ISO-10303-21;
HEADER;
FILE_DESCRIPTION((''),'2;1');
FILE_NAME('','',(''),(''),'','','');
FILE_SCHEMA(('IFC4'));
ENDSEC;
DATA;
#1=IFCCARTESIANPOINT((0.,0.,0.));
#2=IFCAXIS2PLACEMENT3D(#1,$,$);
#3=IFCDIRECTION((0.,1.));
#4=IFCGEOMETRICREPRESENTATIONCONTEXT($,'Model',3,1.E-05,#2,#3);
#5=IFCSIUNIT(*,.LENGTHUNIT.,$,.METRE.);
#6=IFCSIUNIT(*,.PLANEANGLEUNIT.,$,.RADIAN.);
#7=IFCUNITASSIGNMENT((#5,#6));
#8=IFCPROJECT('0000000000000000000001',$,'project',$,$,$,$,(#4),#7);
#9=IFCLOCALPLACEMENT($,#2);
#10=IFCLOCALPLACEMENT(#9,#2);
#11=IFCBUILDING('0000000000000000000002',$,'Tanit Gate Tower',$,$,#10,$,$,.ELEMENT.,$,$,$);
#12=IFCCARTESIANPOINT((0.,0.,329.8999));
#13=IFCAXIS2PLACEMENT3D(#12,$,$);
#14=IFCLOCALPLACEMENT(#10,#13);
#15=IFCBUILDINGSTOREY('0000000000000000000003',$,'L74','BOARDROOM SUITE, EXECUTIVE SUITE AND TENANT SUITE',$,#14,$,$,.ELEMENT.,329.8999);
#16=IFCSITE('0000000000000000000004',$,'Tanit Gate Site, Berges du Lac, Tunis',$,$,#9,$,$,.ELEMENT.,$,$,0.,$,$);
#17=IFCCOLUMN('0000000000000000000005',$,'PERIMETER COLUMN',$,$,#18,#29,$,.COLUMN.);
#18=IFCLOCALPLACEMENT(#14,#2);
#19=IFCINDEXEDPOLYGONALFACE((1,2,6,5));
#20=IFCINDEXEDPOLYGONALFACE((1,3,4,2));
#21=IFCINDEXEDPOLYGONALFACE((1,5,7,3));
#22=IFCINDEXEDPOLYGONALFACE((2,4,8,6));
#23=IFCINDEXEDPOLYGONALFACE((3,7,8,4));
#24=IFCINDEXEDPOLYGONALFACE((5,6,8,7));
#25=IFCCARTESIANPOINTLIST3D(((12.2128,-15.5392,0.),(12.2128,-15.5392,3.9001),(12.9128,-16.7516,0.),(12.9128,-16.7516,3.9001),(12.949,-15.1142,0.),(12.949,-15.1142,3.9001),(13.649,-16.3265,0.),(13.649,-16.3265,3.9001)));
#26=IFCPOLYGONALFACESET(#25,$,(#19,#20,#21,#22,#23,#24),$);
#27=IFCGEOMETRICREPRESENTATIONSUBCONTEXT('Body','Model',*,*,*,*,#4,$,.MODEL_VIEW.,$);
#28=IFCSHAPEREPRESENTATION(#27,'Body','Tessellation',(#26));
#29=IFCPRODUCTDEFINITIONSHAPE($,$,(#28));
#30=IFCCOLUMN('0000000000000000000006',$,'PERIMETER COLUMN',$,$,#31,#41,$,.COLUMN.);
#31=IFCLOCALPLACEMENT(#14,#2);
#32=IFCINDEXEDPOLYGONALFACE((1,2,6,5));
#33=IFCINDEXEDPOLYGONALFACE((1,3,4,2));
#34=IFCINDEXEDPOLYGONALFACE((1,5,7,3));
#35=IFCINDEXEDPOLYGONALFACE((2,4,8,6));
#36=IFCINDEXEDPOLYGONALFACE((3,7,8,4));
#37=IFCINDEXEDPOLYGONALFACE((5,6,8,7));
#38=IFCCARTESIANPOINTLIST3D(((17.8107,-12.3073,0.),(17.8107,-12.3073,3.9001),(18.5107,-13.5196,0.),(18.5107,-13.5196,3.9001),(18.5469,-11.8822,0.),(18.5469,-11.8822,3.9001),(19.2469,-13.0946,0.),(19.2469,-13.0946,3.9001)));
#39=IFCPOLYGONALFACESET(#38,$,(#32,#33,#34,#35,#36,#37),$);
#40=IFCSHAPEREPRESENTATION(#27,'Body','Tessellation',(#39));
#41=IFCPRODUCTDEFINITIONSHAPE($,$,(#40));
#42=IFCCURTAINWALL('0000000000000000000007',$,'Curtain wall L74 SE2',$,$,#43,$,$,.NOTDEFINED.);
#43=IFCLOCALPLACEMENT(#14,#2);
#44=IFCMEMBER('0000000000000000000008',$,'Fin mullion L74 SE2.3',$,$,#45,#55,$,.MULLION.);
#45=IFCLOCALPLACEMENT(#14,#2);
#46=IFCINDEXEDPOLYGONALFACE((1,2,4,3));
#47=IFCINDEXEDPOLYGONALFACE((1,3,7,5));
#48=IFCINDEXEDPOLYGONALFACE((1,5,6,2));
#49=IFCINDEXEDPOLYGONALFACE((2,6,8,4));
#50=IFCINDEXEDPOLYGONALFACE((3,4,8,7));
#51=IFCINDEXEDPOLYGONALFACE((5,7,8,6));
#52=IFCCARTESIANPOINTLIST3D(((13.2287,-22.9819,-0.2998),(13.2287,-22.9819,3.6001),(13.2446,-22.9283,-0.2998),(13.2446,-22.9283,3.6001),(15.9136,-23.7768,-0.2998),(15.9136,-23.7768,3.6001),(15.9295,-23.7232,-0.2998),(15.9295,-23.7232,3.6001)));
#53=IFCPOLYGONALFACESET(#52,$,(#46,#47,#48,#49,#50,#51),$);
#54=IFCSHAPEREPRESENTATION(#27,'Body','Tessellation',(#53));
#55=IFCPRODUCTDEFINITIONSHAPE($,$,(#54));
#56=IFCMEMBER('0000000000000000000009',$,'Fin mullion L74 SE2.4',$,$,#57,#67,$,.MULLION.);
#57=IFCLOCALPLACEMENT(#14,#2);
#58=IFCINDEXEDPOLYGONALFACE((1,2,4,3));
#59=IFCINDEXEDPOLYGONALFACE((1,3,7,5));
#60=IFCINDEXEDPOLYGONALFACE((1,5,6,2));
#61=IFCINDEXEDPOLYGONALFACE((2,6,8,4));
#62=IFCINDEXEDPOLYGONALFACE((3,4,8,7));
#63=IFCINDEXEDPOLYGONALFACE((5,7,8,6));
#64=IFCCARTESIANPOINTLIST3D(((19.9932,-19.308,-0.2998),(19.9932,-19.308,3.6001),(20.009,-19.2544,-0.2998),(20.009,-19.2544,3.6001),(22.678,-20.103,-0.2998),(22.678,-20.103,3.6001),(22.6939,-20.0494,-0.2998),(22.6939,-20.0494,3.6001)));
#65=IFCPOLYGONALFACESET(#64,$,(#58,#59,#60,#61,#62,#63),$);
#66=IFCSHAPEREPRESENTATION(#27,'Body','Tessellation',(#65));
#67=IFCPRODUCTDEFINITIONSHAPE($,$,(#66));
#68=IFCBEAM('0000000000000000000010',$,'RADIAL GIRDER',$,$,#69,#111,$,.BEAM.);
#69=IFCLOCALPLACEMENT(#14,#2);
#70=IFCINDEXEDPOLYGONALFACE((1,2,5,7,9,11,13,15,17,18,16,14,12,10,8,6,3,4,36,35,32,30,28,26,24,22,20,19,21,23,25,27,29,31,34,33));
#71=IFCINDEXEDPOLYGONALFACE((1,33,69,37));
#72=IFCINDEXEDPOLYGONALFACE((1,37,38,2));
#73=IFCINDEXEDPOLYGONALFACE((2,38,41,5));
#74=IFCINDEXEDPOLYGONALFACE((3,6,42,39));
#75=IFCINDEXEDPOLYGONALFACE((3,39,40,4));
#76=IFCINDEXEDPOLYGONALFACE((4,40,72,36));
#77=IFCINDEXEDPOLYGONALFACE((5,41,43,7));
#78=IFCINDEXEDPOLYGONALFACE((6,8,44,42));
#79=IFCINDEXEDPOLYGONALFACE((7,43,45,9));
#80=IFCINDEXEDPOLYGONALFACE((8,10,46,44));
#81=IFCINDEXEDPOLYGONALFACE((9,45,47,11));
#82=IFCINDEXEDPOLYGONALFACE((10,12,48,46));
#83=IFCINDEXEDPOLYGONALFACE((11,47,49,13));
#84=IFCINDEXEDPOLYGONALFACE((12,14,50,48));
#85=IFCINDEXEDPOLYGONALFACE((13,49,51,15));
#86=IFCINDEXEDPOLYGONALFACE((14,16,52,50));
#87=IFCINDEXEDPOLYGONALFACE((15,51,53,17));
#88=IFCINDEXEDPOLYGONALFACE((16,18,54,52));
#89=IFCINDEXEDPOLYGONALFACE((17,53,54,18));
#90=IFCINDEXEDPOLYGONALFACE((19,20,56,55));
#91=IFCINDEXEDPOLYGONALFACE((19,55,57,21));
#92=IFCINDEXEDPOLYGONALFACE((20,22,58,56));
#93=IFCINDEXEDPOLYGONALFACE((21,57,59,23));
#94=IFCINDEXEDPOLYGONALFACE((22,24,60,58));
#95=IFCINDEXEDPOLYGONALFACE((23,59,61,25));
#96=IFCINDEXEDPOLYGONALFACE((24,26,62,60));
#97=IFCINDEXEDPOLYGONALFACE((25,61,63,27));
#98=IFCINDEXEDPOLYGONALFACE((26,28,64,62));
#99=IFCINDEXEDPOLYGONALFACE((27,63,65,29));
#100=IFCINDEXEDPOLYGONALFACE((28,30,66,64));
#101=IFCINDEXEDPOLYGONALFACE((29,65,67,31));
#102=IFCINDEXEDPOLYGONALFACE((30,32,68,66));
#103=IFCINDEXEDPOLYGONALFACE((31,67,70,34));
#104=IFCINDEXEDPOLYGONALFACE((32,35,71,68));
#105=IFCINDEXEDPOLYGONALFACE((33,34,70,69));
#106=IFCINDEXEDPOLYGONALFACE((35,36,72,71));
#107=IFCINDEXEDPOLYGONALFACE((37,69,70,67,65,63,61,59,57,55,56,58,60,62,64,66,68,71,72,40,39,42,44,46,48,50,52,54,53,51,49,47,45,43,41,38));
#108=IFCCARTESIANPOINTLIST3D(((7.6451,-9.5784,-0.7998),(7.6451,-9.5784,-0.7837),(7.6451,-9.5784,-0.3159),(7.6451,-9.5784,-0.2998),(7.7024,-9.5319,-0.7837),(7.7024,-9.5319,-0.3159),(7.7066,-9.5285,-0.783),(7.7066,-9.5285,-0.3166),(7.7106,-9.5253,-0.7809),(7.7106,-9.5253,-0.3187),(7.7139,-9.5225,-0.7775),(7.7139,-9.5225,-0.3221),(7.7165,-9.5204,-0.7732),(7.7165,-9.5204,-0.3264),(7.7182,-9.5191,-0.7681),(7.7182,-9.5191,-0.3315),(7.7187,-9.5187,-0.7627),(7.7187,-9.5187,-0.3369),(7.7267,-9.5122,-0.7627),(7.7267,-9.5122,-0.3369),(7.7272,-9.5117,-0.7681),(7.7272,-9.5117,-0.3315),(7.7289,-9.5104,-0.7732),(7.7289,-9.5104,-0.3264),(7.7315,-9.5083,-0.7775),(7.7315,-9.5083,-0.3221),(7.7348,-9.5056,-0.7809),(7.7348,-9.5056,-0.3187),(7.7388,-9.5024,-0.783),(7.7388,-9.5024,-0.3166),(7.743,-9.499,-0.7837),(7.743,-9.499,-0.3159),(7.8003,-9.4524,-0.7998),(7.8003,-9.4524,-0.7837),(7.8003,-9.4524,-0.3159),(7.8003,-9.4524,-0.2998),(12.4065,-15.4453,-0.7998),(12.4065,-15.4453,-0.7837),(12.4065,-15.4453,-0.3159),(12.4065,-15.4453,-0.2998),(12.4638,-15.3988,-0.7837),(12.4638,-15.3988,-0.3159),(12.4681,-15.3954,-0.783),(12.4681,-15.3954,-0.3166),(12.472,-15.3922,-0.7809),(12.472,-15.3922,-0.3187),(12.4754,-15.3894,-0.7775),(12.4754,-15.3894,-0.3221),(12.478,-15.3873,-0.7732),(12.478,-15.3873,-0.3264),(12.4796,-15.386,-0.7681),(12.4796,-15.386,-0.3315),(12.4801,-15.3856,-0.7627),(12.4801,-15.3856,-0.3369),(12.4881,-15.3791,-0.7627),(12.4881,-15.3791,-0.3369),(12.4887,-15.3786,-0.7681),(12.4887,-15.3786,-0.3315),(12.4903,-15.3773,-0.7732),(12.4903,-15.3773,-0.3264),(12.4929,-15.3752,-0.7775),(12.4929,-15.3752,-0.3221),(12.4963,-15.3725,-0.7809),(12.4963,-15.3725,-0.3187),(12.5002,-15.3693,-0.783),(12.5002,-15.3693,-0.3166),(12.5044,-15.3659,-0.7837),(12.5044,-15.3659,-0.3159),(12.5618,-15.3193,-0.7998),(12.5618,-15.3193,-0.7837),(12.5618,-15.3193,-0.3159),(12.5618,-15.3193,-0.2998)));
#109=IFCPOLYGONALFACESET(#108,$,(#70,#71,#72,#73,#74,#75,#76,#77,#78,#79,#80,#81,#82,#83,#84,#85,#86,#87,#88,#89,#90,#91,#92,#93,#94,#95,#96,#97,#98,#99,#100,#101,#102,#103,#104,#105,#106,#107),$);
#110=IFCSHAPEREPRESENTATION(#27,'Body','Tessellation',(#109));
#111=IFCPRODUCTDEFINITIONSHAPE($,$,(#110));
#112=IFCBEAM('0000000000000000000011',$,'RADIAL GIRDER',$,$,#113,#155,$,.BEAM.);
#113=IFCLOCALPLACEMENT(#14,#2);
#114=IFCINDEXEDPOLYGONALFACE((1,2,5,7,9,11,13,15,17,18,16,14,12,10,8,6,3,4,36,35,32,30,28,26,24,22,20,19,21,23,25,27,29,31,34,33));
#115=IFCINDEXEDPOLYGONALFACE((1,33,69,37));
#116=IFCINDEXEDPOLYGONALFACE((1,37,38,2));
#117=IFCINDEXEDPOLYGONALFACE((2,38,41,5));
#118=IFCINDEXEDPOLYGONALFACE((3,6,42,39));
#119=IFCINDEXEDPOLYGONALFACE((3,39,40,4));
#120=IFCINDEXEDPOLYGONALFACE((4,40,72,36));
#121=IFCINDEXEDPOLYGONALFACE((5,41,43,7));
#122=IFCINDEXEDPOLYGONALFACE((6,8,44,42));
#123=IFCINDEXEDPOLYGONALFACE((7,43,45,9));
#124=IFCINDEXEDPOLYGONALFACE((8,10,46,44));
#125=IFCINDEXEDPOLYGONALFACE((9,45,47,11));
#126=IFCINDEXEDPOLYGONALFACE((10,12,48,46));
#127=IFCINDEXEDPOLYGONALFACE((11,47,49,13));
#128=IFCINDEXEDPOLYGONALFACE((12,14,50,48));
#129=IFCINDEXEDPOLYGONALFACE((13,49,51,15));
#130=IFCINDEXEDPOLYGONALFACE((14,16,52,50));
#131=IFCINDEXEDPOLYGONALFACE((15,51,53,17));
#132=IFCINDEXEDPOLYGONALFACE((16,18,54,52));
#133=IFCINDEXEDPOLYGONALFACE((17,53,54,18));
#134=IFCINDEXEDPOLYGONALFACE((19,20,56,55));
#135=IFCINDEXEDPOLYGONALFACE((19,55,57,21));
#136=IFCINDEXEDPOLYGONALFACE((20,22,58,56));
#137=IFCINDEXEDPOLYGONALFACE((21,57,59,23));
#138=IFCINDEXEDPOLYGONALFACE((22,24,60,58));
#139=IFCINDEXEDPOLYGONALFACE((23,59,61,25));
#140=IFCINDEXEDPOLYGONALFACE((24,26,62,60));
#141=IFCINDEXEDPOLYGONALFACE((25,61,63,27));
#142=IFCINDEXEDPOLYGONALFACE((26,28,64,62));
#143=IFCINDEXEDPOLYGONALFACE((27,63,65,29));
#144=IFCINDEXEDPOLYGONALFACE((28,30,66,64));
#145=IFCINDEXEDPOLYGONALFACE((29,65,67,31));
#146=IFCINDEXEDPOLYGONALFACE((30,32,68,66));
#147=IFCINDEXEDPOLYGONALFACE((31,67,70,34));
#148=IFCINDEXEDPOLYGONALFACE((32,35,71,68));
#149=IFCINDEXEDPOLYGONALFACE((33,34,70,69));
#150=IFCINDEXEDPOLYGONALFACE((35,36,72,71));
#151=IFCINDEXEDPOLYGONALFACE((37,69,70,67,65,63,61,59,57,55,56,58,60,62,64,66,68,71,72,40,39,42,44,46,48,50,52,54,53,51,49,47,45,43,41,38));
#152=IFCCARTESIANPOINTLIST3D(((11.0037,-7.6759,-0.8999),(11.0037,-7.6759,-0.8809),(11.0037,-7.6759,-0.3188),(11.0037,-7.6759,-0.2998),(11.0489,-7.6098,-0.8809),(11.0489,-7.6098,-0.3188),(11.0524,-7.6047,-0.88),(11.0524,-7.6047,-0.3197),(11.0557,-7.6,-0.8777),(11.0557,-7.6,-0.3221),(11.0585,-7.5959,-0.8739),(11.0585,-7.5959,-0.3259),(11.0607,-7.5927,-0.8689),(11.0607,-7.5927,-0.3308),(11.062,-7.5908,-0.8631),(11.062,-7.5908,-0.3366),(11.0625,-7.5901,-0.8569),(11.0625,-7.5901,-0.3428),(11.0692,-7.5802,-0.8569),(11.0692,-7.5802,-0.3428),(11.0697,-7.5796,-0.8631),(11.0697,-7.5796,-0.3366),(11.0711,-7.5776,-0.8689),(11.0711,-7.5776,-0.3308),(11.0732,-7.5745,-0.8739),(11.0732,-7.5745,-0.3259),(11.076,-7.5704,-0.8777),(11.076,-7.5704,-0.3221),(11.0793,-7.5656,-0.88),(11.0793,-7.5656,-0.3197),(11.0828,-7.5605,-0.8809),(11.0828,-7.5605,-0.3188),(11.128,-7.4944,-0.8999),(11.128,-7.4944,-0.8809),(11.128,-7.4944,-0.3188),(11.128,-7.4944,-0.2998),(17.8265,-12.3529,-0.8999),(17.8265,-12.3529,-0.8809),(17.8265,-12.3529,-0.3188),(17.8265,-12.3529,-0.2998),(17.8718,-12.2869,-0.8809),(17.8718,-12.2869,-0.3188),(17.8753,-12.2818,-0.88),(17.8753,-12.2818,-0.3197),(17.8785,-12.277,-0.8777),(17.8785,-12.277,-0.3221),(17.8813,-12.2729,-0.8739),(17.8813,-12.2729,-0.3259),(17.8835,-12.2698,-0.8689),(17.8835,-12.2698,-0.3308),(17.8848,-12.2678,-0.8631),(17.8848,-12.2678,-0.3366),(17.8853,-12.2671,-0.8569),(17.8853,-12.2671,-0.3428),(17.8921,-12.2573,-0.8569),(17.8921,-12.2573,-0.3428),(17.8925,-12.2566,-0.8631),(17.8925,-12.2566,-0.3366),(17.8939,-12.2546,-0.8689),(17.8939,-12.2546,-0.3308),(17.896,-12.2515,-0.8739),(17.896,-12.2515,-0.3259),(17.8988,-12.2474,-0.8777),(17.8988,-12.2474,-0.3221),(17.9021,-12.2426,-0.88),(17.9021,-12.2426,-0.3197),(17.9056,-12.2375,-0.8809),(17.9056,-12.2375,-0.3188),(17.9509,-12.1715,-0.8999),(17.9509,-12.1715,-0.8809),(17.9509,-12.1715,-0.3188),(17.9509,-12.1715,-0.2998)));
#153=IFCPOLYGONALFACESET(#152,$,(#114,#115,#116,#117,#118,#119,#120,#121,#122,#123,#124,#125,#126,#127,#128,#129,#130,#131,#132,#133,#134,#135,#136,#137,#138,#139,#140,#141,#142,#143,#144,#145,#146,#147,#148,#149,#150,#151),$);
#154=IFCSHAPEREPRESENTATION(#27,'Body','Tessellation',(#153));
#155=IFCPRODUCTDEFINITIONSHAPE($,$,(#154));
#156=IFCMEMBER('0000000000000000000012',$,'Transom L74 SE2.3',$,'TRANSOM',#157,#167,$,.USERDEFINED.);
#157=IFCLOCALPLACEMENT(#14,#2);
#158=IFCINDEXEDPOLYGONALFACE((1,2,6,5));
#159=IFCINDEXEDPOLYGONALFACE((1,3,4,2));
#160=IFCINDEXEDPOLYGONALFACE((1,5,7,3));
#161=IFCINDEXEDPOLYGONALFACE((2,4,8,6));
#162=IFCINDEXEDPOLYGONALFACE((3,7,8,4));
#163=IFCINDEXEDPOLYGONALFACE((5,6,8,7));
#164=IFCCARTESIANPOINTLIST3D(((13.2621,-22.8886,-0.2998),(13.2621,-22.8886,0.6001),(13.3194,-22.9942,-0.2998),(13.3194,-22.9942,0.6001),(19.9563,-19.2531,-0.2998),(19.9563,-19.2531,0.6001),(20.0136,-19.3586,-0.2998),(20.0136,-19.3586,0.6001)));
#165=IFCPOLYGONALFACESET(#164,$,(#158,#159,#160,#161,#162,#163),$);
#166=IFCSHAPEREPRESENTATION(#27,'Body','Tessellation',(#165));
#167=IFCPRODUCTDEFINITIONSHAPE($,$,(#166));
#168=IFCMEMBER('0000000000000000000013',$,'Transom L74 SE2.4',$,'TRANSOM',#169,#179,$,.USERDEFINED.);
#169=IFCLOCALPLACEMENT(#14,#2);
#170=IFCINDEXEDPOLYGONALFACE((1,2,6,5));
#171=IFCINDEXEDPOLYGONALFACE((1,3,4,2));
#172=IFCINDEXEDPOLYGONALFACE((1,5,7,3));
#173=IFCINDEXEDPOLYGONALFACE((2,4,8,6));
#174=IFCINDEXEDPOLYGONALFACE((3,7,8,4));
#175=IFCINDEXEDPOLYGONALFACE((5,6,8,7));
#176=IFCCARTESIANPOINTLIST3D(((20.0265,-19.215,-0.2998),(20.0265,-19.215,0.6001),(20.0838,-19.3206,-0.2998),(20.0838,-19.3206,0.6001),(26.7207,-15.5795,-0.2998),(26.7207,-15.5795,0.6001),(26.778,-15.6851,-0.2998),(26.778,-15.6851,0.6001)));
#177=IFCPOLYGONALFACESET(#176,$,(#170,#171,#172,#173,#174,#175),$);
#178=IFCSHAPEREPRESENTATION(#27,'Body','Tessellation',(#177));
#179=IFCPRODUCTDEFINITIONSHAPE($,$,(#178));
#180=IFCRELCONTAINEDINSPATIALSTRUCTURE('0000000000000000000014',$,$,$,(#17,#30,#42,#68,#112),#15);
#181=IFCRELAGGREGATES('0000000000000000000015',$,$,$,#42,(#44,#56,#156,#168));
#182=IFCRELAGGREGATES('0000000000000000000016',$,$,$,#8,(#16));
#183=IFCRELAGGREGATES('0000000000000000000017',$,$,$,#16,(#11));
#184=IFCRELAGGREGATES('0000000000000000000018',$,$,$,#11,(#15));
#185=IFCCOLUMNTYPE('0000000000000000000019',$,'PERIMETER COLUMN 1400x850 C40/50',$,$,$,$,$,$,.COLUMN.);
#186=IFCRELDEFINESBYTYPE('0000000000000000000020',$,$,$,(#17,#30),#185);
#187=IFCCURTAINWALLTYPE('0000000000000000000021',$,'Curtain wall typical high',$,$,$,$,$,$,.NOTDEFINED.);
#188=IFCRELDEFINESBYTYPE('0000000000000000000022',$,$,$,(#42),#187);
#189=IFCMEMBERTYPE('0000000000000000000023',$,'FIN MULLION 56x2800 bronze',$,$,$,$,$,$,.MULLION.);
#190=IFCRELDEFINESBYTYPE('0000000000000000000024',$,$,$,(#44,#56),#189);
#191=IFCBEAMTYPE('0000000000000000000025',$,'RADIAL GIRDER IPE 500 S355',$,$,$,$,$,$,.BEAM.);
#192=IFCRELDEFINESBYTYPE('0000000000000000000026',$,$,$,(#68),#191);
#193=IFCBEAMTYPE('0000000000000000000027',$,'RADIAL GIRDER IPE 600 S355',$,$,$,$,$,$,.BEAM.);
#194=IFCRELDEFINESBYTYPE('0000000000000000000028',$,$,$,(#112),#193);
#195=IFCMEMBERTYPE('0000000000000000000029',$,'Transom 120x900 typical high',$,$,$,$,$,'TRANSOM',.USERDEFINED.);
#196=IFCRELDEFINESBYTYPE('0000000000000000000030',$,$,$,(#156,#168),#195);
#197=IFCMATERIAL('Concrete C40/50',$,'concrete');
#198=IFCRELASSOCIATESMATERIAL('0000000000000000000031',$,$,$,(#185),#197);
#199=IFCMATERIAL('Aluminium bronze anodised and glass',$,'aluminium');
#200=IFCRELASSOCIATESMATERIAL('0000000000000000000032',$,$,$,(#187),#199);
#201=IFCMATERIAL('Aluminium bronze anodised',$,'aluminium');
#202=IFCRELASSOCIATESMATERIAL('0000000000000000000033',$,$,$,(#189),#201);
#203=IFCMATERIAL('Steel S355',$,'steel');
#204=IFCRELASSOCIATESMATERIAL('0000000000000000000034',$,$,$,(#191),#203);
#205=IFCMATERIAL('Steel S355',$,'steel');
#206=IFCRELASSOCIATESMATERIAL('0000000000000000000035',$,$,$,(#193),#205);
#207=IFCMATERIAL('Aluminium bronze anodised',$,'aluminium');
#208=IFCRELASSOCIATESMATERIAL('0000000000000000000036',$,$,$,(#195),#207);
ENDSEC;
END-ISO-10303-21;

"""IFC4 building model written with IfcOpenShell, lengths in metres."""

from ifc_helpers import new_model, si_unit, direction, frame, origin, origin_2d, place, context, subcontext, project, spatial, rectangle, i_section, extrude, material, material_profile, profile_set, type_object, element, aggregate, save


model = new_model("IFC4")

# Units and contexts
model_context = context("Model", 3, precision=1e-05, world=origin(), true_north=direction((0.0, 1.0)))
body_context = subcontext(model_context, "Body", "Model", "MODEL_VIEW")
ifc_project = project(units=[si_unit("LENGTHUNIT", "METRE"), si_unit("PLANEANGLEUNIT", "RADIAN")], contexts=[model_context])

# Site, building, storey
site_placement = place(None, origin())
site = spatial("IfcSite", under=ifc_project, at=site_placement, Name="Tanit Gate Site, Berges du Lac, Tunis", CompositionType="ELEMENT", RefElevation=0.0)
building_placement = place(site_placement, origin())
building = spatial("IfcBuilding", under=site, at=building_placement, Name="Tanit Gate Tower", CompositionType="ELEMENT")
storey_placement = place(building_placement, frame((0.0, 0.0, 329.8999)))
storey = spatial("IfcBuildingStorey", under=building, at=storey_placement, Name="L74", Description="BOARDROOM SUITE, EXECUTIVE SUITE AND TENANT SUITE", CompositionType="ELEMENT", Elevation=329.8999)

# Columns
ifc_material_1 = material(Name="Concrete C40/50", Category="concrete")
ifc_material_profile_1 = material_profile(ifc_material_1, rectangle(XDim=1.3999, YDim=0.8501, at=origin_2d()), Name="RC 1400x850")
ifc_profile_set_1 = profile_set([ifc_material_profile_1], Name="Concrete C40/50")
column_type = type_object("IfcColumnType", Name="PERIMETER COLUMN 1400x850 C40/50", PredefinedType="COLUMN", material=ifc_profile_set_1)
for number, where, z_axis, x_axis, name in (
    (1, (12.9309, -15.9329, 0.0), (0.0, 0.0, 1.0), (0.5, -0.866025, 0.0), "PERIMETER COLUMN"),
    (2, (18.5288, -12.7009, 0.0), (0.0, 0.0, 1.0), (0.5, -0.866025, 0.0), "PERIMETER COLUMN"),
):
    element("IfcColumn", number, at=place(storey_placement, frame(where, z_axis=z_axis, x_axis=x_axis)), inside=storey, type_object=column_type, Name=name, PredefinedType="COLUMN", context=body_context, shape_type="SweptSolid", body=[
        extrude(rectangle(XDim=1.3999, YDim=0.8501, at=origin_2d()), origin(), (0.0, 0.0, 1.0), 3.9001),
    ])

# Curtain wall, members
ifc_material_2 = material(Name="Aluminium bronze anodised and glass", Category="aluminium")
curtain_wall_type = type_object("IfcCurtainWallType", Name="Curtain wall typical high", PredefinedType="NOTDEFINED", material=ifc_material_2)
curtain_wall_placement = place(storey_placement, origin())
curtain_wall = element("IfcCurtainWall", 3, at=curtain_wall_placement, inside=storey, type_object=curtain_wall_type, Name="Curtain wall L74 SE2", PredefinedType="NOTDEFINED")
ifc_material_3 = material(Name="Aluminium bronze anodised", Category="aluminium")
ifc_material_profile_2 = material_profile(ifc_material_3, rectangle(XDim=2.8, YDim=0.0559, at=origin_2d()), Name="56x2800 bronze fin mullion")
ifc_profile_set_2 = profile_set([ifc_material_profile_2], Name="Aluminium bronze anodised")
member_type_1 = type_object("IfcMemberType", Name="FIN MULLION 56x2800 bronze", PredefinedType="MULLION", material=ifc_profile_set_2)
member_1_placement = place(storey_placement, frame((14.5791, -23.3525, -0.2998), z_axis=(0.0, 0.0, 1.0), x_axis=(-0.958852, 0.283906, 0.0)))
member_1 = element("IfcMember", 4, at=member_1_placement, type_object=member_type_1, Name="Fin mullion L74 SE2.3", PredefinedType="MULLION", context=body_context, shape_type="SweptSolid", body=[
    extrude(rectangle(XDim=2.8, YDim=0.0559, at=origin_2d()), origin(), (0.0, 0.0, 1.0), 3.8999),
])
member_2_placement = place(storey_placement, frame((21.3435, -19.6787, -0.2998), z_axis=(0.0, 0.0, 1.0), x_axis=(-0.958852, 0.283906, 0.0)))
member_2 = element("IfcMember", 5, at=member_2_placement, type_object=member_type_1, Name="Fin mullion L74 SE2.4", PredefinedType="MULLION", context=body_context, shape_type="SweptSolid", body=[
    extrude(rectangle(XDim=2.8, YDim=0.0559, at=origin_2d()), origin(), (0.0, 0.0, 1.0), 3.8999),
])

# Beams
ifc_material_4 = material(Name="Steel S355", Category="steel")
ifc_material_profile_3 = material_profile(ifc_material_4, i_section(OverallWidth=0.2, OverallDepth=0.5, WebThickness=0.0103, FlangeThickness=0.0161, FilletRadius=0.021, at=origin_2d()), Name="IPE 500")
ifc_profile_set_3 = profile_set([ifc_material_profile_3], Name="Steel S355")
beam_type_1 = type_object("IfcBeamType", Name="RADIAL GIRDER IPE 500 S355", PredefinedType="BEAM", material=ifc_profile_set_3)
beam_1_placement = place(storey_placement, frame((12.4841, -15.3823, -0.5498), z_axis=(-0.630161, 0.776465, 0.0), x_axis=(-0.776465, -0.630161, 0.0)))
element("IfcBeam", 6, at=beam_1_placement, inside=storey, type_object=beam_type_1, Name="RADIAL GIRDER", PredefinedType="BEAM", context=body_context, shape_type="SweptSolid", body=[
    extrude(i_section(OverallWidth=0.2, OverallDepth=0.5, WebThickness=0.0103, FlangeThickness=0.0161, FilletRadius=0.021, at=origin_2d()), origin(), (0.0, 0.0, 1.0), 7.5559),
])
ifc_material_5 = material(Name="Steel S355", Category="steel")
ifc_material_profile_4 = material_profile(ifc_material_5, i_section(OverallWidth=0.22, OverallDepth=0.6001, WebThickness=0.012, FlangeThickness=0.019, FilletRadius=0.0239, at=origin_2d()), Name="IPE 600")
ifc_profile_set_4 = profile_set([ifc_material_profile_4], Name="Steel S355")
beam_type_2 = type_object("IfcBeamType", Name="RADIAL GIRDER IPE 600 S355", PredefinedType="BEAM", material=ifc_profile_set_4)
beam_2_placement = place(storey_placement, frame((17.8887, -12.2622, -0.5999), z_axis=(-0.824811, 0.565408, 0.0), x_axis=(-0.565408, -0.824811, 0.0)))
element("IfcBeam", 7, at=beam_2_placement, inside=storey, type_object=beam_type_2, Name="RADIAL GIRDER", PredefinedType="BEAM", context=body_context, shape_type="SweptSolid", body=[
    extrude(i_section(OverallWidth=0.22, OverallDepth=0.6001, WebThickness=0.012, FlangeThickness=0.019, FilletRadius=0.0239, at=origin_2d()), origin(), (0.0, 0.0, 1.0), 8.272),
])

# Members
ifc_material_6 = material(Name="Aluminium bronze anodised", Category="aluminium")
ifc_material_profile_5 = material_profile(ifc_material_6, rectangle(XDim=0.1201, YDim=0.8999, at=origin_2d()), Name="120x900 bronze transom")
ifc_profile_set_5 = profile_set([ifc_material_profile_5], Name="Aluminium bronze anodised")
member_type_2 = type_object("IfcMemberType", Name="Transom 120x900 typical high", ElementType="TRANSOM", PredefinedType="USERDEFINED", material=ifc_profile_set_5)
member_3_placement = place(storey_placement, frame((13.2908, -22.9414, 0.1501), z_axis=(0.878767, 0.47725, 0.0), x_axis=(-0.47725, 0.878767, 0.0)))
member_3 = element("IfcMember", 8, at=member_3_placement, type_object=member_type_2, Name="Transom L74 SE2.3", ObjectType="TRANSOM", PredefinedType="USERDEFINED", context=body_context, shape_type="SweptSolid", body=[
    extrude(rectangle(XDim=0.1201, YDim=0.8999, at=origin_2d()), origin(), (0.0, 0.0, 1.0), 7.6177),
])
member_4_placement = place(storey_placement, frame((20.0552, -19.2678, 0.1501), z_axis=(0.878767, 0.47725, 0.0), x_axis=(-0.47725, 0.878767, 0.0)))
member_4 = element("IfcMember", 9, at=member_4_placement, type_object=member_type_2, Name="Transom L74 SE2.4", ObjectType="TRANSOM", PredefinedType="USERDEFINED", context=body_context, shape_type="SweptSolid", body=[
    extrude(rectangle(XDim=0.1201, YDim=0.8999, at=origin_2d()), origin(), (0.0, 0.0, 1.0), 7.6177),
])

aggregate(curtain_wall, [member_1, member_2, member_3, member_4])

save(model, "model.ifc")
